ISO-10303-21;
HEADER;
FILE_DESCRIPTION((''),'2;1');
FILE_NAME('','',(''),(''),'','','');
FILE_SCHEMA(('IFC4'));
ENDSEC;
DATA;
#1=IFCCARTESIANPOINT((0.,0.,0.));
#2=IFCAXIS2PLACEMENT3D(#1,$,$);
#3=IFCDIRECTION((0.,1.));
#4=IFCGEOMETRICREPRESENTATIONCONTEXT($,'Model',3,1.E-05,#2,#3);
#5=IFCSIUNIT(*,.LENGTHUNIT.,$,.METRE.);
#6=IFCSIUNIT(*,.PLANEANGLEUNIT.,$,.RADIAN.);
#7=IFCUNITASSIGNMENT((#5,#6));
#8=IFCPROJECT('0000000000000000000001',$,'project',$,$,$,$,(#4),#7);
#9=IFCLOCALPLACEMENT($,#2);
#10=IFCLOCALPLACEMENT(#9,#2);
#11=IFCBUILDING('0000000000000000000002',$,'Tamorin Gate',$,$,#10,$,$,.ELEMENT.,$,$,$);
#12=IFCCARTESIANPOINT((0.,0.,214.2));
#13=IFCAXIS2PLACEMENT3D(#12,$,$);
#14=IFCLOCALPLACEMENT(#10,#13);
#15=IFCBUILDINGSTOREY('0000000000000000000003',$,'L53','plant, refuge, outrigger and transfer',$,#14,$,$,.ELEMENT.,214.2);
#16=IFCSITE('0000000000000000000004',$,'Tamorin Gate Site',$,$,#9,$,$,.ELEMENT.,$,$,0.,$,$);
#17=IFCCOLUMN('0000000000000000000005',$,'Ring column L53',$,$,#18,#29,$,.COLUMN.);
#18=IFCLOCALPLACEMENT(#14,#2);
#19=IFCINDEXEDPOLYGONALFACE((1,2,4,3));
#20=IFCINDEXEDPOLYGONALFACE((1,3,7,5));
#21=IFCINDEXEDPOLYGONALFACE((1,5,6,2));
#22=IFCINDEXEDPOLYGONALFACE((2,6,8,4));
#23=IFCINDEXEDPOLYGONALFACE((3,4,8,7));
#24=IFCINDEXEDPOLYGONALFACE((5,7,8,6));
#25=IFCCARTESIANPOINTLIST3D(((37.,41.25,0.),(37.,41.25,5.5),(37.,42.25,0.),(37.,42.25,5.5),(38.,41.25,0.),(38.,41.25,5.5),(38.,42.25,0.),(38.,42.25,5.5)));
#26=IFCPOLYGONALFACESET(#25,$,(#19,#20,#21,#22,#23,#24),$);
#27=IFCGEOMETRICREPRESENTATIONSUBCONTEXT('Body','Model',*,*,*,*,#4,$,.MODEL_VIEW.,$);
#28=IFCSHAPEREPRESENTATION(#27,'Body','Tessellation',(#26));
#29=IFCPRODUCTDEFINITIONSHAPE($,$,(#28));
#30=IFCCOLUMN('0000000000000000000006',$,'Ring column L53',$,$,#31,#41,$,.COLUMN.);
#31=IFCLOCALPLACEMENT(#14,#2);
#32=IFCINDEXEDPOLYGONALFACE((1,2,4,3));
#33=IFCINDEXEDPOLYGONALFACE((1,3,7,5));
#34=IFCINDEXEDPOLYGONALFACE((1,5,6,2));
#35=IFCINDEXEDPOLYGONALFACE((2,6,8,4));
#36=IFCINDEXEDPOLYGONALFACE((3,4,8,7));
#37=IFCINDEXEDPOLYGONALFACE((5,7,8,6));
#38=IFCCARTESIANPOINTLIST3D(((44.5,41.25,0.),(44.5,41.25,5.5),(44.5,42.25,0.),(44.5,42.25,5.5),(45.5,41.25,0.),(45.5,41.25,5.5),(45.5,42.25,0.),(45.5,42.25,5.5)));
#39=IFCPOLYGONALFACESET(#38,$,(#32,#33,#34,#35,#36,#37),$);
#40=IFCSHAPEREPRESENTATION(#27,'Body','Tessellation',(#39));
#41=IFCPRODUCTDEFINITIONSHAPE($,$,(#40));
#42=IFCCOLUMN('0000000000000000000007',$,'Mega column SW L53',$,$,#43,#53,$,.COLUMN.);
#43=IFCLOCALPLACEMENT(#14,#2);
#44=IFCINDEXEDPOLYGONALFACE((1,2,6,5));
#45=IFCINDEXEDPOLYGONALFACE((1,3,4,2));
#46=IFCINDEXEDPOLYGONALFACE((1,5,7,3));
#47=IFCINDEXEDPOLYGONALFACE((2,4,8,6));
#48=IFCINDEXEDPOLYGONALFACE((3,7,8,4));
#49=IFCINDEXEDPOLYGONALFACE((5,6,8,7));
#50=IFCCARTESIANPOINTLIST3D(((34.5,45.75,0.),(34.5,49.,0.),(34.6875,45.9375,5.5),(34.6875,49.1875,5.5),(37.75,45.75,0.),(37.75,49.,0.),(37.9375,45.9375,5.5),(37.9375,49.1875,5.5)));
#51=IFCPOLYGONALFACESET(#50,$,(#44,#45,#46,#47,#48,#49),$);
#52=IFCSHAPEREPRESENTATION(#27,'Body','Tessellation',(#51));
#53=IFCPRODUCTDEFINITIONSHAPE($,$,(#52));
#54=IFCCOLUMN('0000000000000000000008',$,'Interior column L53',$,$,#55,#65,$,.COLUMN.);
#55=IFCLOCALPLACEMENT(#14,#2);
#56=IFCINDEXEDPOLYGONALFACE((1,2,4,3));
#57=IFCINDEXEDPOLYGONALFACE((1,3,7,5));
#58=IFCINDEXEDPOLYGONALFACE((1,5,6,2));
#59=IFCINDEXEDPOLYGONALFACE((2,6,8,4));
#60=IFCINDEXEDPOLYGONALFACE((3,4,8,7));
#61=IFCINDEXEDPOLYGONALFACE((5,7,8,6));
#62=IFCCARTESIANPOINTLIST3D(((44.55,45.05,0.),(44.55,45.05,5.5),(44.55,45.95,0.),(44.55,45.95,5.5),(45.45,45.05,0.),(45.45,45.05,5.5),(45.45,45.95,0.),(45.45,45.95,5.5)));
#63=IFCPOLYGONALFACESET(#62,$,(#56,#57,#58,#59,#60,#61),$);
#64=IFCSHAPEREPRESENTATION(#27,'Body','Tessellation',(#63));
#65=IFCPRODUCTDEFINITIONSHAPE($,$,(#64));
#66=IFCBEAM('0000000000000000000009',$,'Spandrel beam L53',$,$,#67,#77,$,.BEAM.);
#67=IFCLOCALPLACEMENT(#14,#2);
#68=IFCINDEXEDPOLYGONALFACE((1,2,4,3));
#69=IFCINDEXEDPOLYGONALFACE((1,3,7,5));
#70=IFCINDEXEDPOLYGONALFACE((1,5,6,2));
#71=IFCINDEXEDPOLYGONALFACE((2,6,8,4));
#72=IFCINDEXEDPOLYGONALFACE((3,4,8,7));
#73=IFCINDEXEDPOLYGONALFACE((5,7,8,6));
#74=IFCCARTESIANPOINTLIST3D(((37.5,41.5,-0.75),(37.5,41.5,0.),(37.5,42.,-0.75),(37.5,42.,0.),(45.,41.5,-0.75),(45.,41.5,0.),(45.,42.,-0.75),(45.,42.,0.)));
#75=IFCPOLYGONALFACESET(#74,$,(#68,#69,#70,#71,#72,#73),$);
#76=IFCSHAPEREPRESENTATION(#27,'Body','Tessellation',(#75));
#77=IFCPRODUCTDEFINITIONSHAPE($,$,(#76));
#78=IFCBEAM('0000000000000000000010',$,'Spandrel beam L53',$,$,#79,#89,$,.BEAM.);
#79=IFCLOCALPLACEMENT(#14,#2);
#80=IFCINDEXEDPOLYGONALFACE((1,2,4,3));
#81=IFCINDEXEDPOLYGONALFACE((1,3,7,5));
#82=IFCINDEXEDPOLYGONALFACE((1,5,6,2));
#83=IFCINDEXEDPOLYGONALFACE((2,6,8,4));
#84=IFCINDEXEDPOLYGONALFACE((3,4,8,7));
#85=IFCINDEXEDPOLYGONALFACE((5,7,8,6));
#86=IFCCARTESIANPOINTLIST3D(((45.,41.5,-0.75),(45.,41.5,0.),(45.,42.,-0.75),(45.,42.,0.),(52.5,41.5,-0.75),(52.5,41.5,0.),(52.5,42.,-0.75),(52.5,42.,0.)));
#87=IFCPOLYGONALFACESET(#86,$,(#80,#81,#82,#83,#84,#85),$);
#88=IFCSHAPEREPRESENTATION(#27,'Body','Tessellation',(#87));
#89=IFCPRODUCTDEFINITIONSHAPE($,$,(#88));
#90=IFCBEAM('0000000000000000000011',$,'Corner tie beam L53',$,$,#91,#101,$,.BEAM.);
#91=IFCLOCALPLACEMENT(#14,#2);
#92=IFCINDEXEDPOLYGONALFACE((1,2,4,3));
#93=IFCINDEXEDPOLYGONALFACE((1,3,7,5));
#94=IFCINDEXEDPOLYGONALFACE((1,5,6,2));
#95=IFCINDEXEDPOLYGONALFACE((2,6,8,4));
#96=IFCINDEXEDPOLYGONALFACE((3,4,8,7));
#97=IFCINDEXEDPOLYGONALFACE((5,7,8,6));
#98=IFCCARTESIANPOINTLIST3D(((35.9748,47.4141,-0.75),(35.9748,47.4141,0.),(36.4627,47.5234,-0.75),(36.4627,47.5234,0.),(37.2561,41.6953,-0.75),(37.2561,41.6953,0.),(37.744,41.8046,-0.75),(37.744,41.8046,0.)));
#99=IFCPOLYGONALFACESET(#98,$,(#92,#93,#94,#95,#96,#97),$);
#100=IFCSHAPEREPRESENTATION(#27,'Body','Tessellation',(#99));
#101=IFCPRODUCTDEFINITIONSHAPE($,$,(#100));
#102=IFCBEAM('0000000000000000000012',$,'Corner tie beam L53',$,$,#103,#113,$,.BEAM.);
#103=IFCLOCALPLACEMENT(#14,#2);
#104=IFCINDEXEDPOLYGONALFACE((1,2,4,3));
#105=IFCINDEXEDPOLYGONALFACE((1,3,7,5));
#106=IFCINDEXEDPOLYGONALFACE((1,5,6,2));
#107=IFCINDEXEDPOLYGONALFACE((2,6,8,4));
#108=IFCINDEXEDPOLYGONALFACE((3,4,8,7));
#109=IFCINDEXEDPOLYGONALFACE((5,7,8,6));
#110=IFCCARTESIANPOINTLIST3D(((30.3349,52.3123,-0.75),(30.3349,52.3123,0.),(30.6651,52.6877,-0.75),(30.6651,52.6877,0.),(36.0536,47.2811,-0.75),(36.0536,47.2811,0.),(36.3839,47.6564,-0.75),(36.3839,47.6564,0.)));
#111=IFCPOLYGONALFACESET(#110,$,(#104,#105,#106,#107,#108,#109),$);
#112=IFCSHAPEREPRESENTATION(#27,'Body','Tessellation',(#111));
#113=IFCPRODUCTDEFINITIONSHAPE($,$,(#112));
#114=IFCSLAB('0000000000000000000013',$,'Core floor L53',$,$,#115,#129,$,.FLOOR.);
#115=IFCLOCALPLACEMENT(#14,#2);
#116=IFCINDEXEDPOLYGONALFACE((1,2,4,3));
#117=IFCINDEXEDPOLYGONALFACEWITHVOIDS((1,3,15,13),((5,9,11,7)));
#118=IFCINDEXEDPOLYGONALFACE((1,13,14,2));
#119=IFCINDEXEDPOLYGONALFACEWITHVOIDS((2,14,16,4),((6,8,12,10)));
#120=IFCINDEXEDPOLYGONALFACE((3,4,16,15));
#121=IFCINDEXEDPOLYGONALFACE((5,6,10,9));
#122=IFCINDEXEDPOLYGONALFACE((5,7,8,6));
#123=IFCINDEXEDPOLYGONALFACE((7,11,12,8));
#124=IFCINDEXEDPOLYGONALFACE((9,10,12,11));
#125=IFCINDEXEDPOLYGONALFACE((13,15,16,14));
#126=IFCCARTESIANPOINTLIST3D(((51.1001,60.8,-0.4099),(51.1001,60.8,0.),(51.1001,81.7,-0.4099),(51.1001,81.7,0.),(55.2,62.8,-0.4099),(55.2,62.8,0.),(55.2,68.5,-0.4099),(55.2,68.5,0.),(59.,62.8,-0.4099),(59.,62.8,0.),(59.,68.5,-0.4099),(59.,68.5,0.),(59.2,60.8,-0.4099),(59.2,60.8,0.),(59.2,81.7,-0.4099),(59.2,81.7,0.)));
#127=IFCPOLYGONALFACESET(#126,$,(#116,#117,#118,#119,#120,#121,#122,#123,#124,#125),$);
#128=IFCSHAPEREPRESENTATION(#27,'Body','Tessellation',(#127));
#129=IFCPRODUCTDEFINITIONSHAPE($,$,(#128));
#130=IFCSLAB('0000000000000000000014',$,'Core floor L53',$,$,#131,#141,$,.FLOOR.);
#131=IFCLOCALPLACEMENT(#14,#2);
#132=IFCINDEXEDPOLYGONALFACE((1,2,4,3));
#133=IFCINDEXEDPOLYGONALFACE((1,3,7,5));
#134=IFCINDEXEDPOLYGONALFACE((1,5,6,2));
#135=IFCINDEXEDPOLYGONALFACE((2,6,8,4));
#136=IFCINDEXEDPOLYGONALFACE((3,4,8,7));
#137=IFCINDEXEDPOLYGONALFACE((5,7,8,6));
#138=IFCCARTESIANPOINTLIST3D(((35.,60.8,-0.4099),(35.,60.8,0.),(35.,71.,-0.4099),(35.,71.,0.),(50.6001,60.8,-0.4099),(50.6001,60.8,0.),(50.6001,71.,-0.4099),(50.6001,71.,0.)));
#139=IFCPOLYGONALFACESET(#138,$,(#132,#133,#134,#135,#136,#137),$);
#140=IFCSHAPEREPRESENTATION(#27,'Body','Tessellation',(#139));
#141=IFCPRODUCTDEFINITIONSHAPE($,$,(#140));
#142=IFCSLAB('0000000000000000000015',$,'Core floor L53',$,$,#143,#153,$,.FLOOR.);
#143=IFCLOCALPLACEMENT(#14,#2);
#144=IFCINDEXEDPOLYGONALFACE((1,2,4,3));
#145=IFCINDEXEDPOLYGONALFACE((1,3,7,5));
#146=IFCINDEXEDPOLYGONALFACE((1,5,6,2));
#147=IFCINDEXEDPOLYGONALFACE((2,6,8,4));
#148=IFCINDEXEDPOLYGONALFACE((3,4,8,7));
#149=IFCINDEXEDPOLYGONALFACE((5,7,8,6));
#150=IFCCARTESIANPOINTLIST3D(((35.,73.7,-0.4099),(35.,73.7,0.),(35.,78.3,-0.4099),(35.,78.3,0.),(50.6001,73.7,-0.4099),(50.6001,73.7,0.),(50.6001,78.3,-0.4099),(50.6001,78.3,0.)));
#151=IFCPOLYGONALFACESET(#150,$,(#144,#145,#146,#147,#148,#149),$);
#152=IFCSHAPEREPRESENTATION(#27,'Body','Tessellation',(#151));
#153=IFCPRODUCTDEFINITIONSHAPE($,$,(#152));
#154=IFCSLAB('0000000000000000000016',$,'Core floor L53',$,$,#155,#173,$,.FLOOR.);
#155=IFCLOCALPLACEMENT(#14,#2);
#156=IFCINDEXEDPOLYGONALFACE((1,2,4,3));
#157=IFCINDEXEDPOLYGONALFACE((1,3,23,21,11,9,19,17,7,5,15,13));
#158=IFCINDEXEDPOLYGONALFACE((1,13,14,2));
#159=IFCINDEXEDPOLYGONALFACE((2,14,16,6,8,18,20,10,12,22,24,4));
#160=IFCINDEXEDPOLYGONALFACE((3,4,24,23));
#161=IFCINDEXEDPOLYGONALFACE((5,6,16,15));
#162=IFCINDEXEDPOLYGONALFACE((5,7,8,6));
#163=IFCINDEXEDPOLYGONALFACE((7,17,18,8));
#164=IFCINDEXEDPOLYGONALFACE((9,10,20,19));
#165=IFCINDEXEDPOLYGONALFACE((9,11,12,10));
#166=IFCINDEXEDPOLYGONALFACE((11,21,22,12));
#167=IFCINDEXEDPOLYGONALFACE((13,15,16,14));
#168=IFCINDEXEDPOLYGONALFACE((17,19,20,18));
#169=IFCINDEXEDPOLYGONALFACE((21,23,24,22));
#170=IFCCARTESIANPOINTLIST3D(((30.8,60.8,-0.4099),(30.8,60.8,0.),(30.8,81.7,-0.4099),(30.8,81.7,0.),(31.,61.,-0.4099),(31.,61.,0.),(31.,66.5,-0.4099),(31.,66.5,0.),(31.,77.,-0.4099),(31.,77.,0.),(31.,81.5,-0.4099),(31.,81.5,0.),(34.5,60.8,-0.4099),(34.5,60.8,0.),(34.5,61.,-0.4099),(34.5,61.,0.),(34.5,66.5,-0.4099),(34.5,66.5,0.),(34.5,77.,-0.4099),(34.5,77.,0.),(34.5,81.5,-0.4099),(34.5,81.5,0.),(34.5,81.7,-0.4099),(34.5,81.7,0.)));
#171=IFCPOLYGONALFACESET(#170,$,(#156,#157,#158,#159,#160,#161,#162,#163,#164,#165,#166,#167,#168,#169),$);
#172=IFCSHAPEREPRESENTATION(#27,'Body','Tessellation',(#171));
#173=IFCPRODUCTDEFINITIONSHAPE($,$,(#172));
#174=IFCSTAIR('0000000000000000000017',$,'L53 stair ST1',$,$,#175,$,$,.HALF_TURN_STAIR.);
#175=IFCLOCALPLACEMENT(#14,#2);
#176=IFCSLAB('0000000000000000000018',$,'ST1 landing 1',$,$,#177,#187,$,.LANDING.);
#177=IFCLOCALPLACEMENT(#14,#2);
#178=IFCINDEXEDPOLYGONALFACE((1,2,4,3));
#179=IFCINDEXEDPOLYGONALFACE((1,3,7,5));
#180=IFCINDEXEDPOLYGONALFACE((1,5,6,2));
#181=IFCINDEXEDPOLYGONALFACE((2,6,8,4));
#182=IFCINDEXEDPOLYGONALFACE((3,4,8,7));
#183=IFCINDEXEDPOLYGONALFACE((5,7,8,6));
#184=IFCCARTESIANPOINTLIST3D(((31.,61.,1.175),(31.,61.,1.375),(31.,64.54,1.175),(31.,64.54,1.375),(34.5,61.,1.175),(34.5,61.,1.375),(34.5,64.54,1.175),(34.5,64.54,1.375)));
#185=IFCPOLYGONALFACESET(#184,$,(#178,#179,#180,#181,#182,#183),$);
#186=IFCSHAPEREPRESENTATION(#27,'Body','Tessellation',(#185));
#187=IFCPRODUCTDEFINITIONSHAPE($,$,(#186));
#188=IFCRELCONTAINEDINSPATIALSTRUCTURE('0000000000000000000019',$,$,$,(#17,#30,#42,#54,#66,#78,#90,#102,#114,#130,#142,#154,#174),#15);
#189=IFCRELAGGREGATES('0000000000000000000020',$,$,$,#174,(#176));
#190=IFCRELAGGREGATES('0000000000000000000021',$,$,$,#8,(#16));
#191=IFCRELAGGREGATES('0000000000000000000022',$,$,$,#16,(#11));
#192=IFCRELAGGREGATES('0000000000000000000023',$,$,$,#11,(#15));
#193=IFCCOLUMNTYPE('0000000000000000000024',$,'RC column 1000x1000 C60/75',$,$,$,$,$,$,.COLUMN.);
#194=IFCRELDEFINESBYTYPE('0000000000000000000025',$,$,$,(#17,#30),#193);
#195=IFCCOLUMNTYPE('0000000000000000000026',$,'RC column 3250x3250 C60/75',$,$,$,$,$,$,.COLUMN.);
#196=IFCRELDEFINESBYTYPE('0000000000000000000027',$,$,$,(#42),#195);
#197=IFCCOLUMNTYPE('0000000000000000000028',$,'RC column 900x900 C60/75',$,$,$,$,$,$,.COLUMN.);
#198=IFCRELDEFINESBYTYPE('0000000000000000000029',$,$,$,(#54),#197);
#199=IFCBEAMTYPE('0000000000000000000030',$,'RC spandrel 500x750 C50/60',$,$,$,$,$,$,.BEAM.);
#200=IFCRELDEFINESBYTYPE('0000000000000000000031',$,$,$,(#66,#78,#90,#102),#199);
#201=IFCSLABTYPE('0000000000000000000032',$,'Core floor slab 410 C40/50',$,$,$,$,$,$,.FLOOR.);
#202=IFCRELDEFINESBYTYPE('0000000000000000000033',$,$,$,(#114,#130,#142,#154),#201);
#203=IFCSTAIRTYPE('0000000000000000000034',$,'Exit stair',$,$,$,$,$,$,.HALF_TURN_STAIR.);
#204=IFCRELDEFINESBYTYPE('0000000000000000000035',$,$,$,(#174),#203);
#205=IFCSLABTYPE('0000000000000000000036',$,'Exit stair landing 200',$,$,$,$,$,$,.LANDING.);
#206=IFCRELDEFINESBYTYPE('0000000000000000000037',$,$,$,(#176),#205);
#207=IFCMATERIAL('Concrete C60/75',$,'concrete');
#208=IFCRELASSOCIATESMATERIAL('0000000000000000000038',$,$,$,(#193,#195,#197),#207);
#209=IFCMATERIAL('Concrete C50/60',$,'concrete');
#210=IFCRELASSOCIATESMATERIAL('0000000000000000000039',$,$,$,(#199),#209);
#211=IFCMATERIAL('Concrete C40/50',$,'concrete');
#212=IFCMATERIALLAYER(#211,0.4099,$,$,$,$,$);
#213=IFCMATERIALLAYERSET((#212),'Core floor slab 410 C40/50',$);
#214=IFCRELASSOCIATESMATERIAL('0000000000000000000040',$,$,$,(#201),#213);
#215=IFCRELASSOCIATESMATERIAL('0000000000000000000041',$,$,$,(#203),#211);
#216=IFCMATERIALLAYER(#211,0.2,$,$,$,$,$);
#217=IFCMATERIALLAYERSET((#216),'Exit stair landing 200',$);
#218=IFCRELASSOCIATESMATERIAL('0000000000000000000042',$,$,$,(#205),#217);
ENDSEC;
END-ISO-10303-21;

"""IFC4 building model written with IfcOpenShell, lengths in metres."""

from ifc_helpers import new_model, si_unit, direction, frame, origin, origin_2d, place, context, subcontext, project, spatial, polyline, rectangle, outline, extrude, material, layer, layer_set, material_profile, profile_set, type_object, element, aggregate, save


model = new_model("IFC4")

# Units and contexts
model_context = context("Model", 3, precision=1e-05, world=origin(), true_north=direction((0.0, 1.0)))
body_context = subcontext(model_context, "Body", "Model", "MODEL_VIEW")
ifc_project = project(units=[si_unit("LENGTHUNIT", "METRE"), si_unit("PLANEANGLEUNIT", "RADIAN")], contexts=[model_context])

# Site, building, storey
site_placement = place(None, origin())
site = spatial("IfcSite", under=ifc_project, at=site_placement, Name="Tamorin Gate Site", CompositionType="ELEMENT", RefElevation=0.0)
building_placement = place(site_placement, origin())
building = spatial("IfcBuilding", under=site, at=building_placement, Name="Tamorin Gate", CompositionType="ELEMENT")
storey_placement = place(building_placement, frame((0.0, 0.0, 214.2)))
storey = spatial("IfcBuildingStorey", under=building, at=storey_placement, Name="L53", Description="plant, refuge, outrigger and transfer", CompositionType="ELEMENT", Elevation=214.2)

# Columns
ifc_material_1 = material(Name="Concrete C60/75", Category="concrete")
ifc_material_profile_1 = material_profile(ifc_material_1, rectangle(XDim=1.0, YDim=1.0, at=origin_2d()), Name="RC 1000x1000")
ifc_profile_set_1 = profile_set([ifc_material_profile_1], Name="Concrete C60/75")
column_type_1 = type_object("IfcColumnType", Name="RC column 1000x1000 C60/75", PredefinedType="COLUMN", material=ifc_profile_set_1)
for number, where, z_axis, x_axis, name in (
    (1, (37.5, 41.75, 0.0), (0.0, 0.0, 1.0), (1.0, 0.0, 0.0), "Ring column L53"),
    (2, (45.0, 41.75, 0.0), (0.0, 0.0, 1.0), (1.0, 0.0, 0.0), "Ring column L53"),
):
    element("IfcColumn", number, at=place(storey_placement, frame(where, z_axis=z_axis, x_axis=x_axis)), inside=storey, type_object=column_type_1, Name=name, PredefinedType="COLUMN", context=body_context, shape_type="SweptSolid", body=[
        extrude(rectangle(XDim=1.0, YDim=1.0, at=origin_2d()), origin(), (0.0, 0.0, 1.0), 5.5),
    ])
ifc_material_profile_2 = material_profile(ifc_material_1, rectangle(XDim=3.25, YDim=3.25, at=origin_2d()), Name="RC 3250x3250")
ifc_profile_set_2 = profile_set([ifc_material_profile_2], Name="Concrete C60/75")
column_type_2 = type_object("IfcColumnType", Name="RC column 3250x3250 C60/75", PredefinedType="COLUMN", material=ifc_profile_set_2)
column_1_placement = place(storey_placement, frame((36.125, 47.375, 0.0), z_axis=(0.0, 0.0, 1.0), x_axis=(1.0, 0.0, 0.0)))
element("IfcColumn", 3, at=column_1_placement, inside=storey, type_object=column_type_2, Name="Mega column SW L53", PredefinedType="COLUMN", context=body_context, shape_type="SweptSolid", body=[
    extrude(rectangle(XDim=3.25, YDim=3.25, at=origin_2d()), origin(), (0.034051, 0.034051, 0.99884), 5.5063),
])
ifc_material_profile_3 = material_profile(ifc_material_1, rectangle(XDim=0.8999, YDim=0.8999, at=origin_2d()), Name="RC 900x900")
ifc_profile_set_3 = profile_set([ifc_material_profile_3], Name="Concrete C60/75")
column_type_3 = type_object("IfcColumnType", Name="RC column 900x900 C60/75", PredefinedType="COLUMN", material=ifc_profile_set_3)
column_2_placement = place(storey_placement, frame((45.0, 45.5, 0.0), z_axis=(0.0, 0.0, 1.0), x_axis=(1.0, 0.0, 0.0)))
element("IfcColumn", 4, at=column_2_placement, inside=storey, type_object=column_type_3, Name="Interior column L53", PredefinedType="COLUMN", context=body_context, shape_type="SweptSolid", body=[
    extrude(rectangle(XDim=0.8999, YDim=0.8999, at=origin_2d()), origin(), (0.0, 0.0, 1.0), 5.5),
])

# Beams
ifc_material_2 = material(Name="Concrete C50/60", Category="concrete")
ifc_material_profile_4 = material_profile(ifc_material_2, rectangle(XDim=0.5, YDim=0.75, at=origin_2d()), Name="RC 500x750")
ifc_profile_set_4 = profile_set([ifc_material_profile_4], Name="Concrete C50/60")
beam_type = type_object("IfcBeamType", Name="RC spandrel 500x750 C50/60", PredefinedType="BEAM", material=ifc_profile_set_4)
for number, where, z_axis, x_axis, name in (
    (5, (37.5, 41.75, -0.375), (1.0, 0.0, 0.0), (0.0, 1.0, 0.0), "Spandrel beam L53"),
    (6, (45.0, 41.75, -0.375), (1.0, 0.0, 0.0), (0.0, 1.0, 0.0), "Spandrel beam L53"),
):
    element("IfcBeam", number, at=place(storey_placement, frame(where, z_axis=z_axis, x_axis=x_axis)), inside=storey, type_object=beam_type, Name=name, PredefinedType="BEAM", context=body_context, shape_type="SweptSolid", body=[
        extrude(rectangle(XDim=0.5, YDim=0.75, at=origin_2d()), origin(), (0.0, 0.0, 1.0), 7.5),
    ])
beam_1_placement = place(storey_placement, frame((36.2188, 47.4688, -0.375), z_axis=(0.218624, -0.975809, 0.0), x_axis=(0.975809, 0.218624, 0.0)))
element("IfcBeam", 7, at=beam_1_placement, inside=storey, type_object=beam_type, Name="Corner tie beam L53", PredefinedType="BEAM", context=body_context, shape_type="SweptSolid", body=[
    extrude(rectangle(XDim=0.5, YDim=0.75, at=origin_2d()), origin(), (0.0, 0.0, 1.0), 5.8606),
])
beam_2_placement = place(storey_placement, frame((36.2188, 47.4688, -0.375), z_axis=(-0.750795, 0.660535, 0.0), x_axis=(-0.660535, -0.750795, 0.0)))
element("IfcBeam", 8, at=beam_2_placement, inside=storey, type_object=beam_type, Name="Corner tie beam L53", PredefinedType="BEAM", context=body_context, shape_type="SweptSolid", body=[
    extrude(rectangle(XDim=0.5, YDim=0.75, at=origin_2d()), origin(), (0.0, 0.0, 1.0), 7.6169),
])

# Slabs
ifc_material_3 = material(Name="Concrete C40/50", Category="concrete")
ifc_layer_1 = layer(ifc_material_3, 0.4099)
ifc_layer_set_1 = layer_set([ifc_layer_1], Name="Core floor slab 410 C40/50")
slab_type_1 = type_object("IfcSlabType", Name="Core floor slab 410 C40/50", PredefinedType="FLOOR", material=ifc_layer_set_1)
slab_1_placement = place(storey_placement, frame((0.0, 0.0, -0.4099)))
element("IfcSlab", 9, at=slab_1_placement, inside=storey, type_object=slab_type_1, Name="Core floor L53", PredefinedType="FLOOR", context=body_context, shape_type="SweptSolid", body=[
    extrude(outline(polyline([(51.1001, 81.7), (59.2, 81.7), (59.2, 60.8), (51.1001, 60.8), (51.1001, 81.7)]), holes=[polyline([(55.2, 62.8), (59.0, 62.8), (59.0, 68.5), (55.2, 68.5), (55.2, 62.8)])]), origin(), (0.0, 0.0, 1.0), 0.4099),
])
slab_2_placement = place(storey_placement, frame((0.0, 0.0, -0.4099)))
element("IfcSlab", 10, at=slab_2_placement, inside=storey, type_object=slab_type_1, Name="Core floor L53", PredefinedType="FLOOR", context=body_context, shape_type="SweptSolid", body=[
    extrude(outline(polyline([(50.6001, 71.0), (50.6001, 60.8), (35.0, 60.8), (35.0, 71.0), (50.6001, 71.0)])), origin(), (0.0, 0.0, 1.0), 0.4099),
])
slab_3_placement = place(storey_placement, frame((0.0, 0.0, -0.4099)))
element("IfcSlab", 11, at=slab_3_placement, inside=storey, type_object=slab_type_1, Name="Core floor L53", PredefinedType="FLOOR", context=body_context, shape_type="SweptSolid", body=[
    extrude(outline(polyline([(50.6001, 73.7), (35.0, 73.7), (35.0, 78.3), (50.6001, 78.3), (50.6001, 73.7)])), origin(), (0.0, 0.0, 1.0), 0.4099),
])
slab_4_placement = place(storey_placement, frame((0.0, 0.0, -0.4099)))
element("IfcSlab", 12, at=slab_4_placement, inside=storey, type_object=slab_type_1, Name="Core floor L53", PredefinedType="FLOOR", context=body_context, shape_type="SweptSolid", body=[
    extrude(outline(polyline([(34.5, 60.8), (30.8, 60.8), (30.8, 81.7), (34.5, 81.7), (34.5, 81.5), (31.0, 81.5), (31.0, 77.0), (34.5, 77.0), (34.5, 66.5), (31.0, 66.5), (31.0, 61.0), (34.5, 61.0), (34.5, 60.8)])), origin(), (0.0, 0.0, 1.0), 0.4099),
])

# Stair, slab
stair_type = type_object("IfcStairType", Name="Exit stair", PredefinedType="HALF_TURN_STAIR", material=ifc_material_3)
stair_1_placement = place(storey_placement, origin())
stair_1 = element("IfcStair", 13, at=stair_1_placement, inside=storey, type_object=stair_type, Name="L53 stair ST1", PredefinedType="HALF_TURN_STAIR")
ifc_layer_2 = layer(ifc_material_3, 0.2)
ifc_layer_set_2 = layer_set([ifc_layer_2], Name="Exit stair landing 200")
slab_type_2 = type_object("IfcSlabType", Name="Exit stair landing 200", PredefinedType="LANDING", material=ifc_layer_set_2)
slab_5_placement = place(storey_placement, frame((0.0, 0.0, 1.175)))
slab_5 = element("IfcSlab", 14, at=slab_5_placement, type_object=slab_type_2, Name="ST1 landing 1", PredefinedType="LANDING", context=body_context, shape_type="SweptSolid", body=[
    extrude(outline(polyline([(31.0, 64.54), (31.0, 61.0), (34.5, 61.0), (34.5, 64.54), (31.0, 64.54)])), origin(), (0.0, 0.0, 1.0), 0.2),
])
aggregate(stair_1, [slab_5])

save(model, "model.ifc")
